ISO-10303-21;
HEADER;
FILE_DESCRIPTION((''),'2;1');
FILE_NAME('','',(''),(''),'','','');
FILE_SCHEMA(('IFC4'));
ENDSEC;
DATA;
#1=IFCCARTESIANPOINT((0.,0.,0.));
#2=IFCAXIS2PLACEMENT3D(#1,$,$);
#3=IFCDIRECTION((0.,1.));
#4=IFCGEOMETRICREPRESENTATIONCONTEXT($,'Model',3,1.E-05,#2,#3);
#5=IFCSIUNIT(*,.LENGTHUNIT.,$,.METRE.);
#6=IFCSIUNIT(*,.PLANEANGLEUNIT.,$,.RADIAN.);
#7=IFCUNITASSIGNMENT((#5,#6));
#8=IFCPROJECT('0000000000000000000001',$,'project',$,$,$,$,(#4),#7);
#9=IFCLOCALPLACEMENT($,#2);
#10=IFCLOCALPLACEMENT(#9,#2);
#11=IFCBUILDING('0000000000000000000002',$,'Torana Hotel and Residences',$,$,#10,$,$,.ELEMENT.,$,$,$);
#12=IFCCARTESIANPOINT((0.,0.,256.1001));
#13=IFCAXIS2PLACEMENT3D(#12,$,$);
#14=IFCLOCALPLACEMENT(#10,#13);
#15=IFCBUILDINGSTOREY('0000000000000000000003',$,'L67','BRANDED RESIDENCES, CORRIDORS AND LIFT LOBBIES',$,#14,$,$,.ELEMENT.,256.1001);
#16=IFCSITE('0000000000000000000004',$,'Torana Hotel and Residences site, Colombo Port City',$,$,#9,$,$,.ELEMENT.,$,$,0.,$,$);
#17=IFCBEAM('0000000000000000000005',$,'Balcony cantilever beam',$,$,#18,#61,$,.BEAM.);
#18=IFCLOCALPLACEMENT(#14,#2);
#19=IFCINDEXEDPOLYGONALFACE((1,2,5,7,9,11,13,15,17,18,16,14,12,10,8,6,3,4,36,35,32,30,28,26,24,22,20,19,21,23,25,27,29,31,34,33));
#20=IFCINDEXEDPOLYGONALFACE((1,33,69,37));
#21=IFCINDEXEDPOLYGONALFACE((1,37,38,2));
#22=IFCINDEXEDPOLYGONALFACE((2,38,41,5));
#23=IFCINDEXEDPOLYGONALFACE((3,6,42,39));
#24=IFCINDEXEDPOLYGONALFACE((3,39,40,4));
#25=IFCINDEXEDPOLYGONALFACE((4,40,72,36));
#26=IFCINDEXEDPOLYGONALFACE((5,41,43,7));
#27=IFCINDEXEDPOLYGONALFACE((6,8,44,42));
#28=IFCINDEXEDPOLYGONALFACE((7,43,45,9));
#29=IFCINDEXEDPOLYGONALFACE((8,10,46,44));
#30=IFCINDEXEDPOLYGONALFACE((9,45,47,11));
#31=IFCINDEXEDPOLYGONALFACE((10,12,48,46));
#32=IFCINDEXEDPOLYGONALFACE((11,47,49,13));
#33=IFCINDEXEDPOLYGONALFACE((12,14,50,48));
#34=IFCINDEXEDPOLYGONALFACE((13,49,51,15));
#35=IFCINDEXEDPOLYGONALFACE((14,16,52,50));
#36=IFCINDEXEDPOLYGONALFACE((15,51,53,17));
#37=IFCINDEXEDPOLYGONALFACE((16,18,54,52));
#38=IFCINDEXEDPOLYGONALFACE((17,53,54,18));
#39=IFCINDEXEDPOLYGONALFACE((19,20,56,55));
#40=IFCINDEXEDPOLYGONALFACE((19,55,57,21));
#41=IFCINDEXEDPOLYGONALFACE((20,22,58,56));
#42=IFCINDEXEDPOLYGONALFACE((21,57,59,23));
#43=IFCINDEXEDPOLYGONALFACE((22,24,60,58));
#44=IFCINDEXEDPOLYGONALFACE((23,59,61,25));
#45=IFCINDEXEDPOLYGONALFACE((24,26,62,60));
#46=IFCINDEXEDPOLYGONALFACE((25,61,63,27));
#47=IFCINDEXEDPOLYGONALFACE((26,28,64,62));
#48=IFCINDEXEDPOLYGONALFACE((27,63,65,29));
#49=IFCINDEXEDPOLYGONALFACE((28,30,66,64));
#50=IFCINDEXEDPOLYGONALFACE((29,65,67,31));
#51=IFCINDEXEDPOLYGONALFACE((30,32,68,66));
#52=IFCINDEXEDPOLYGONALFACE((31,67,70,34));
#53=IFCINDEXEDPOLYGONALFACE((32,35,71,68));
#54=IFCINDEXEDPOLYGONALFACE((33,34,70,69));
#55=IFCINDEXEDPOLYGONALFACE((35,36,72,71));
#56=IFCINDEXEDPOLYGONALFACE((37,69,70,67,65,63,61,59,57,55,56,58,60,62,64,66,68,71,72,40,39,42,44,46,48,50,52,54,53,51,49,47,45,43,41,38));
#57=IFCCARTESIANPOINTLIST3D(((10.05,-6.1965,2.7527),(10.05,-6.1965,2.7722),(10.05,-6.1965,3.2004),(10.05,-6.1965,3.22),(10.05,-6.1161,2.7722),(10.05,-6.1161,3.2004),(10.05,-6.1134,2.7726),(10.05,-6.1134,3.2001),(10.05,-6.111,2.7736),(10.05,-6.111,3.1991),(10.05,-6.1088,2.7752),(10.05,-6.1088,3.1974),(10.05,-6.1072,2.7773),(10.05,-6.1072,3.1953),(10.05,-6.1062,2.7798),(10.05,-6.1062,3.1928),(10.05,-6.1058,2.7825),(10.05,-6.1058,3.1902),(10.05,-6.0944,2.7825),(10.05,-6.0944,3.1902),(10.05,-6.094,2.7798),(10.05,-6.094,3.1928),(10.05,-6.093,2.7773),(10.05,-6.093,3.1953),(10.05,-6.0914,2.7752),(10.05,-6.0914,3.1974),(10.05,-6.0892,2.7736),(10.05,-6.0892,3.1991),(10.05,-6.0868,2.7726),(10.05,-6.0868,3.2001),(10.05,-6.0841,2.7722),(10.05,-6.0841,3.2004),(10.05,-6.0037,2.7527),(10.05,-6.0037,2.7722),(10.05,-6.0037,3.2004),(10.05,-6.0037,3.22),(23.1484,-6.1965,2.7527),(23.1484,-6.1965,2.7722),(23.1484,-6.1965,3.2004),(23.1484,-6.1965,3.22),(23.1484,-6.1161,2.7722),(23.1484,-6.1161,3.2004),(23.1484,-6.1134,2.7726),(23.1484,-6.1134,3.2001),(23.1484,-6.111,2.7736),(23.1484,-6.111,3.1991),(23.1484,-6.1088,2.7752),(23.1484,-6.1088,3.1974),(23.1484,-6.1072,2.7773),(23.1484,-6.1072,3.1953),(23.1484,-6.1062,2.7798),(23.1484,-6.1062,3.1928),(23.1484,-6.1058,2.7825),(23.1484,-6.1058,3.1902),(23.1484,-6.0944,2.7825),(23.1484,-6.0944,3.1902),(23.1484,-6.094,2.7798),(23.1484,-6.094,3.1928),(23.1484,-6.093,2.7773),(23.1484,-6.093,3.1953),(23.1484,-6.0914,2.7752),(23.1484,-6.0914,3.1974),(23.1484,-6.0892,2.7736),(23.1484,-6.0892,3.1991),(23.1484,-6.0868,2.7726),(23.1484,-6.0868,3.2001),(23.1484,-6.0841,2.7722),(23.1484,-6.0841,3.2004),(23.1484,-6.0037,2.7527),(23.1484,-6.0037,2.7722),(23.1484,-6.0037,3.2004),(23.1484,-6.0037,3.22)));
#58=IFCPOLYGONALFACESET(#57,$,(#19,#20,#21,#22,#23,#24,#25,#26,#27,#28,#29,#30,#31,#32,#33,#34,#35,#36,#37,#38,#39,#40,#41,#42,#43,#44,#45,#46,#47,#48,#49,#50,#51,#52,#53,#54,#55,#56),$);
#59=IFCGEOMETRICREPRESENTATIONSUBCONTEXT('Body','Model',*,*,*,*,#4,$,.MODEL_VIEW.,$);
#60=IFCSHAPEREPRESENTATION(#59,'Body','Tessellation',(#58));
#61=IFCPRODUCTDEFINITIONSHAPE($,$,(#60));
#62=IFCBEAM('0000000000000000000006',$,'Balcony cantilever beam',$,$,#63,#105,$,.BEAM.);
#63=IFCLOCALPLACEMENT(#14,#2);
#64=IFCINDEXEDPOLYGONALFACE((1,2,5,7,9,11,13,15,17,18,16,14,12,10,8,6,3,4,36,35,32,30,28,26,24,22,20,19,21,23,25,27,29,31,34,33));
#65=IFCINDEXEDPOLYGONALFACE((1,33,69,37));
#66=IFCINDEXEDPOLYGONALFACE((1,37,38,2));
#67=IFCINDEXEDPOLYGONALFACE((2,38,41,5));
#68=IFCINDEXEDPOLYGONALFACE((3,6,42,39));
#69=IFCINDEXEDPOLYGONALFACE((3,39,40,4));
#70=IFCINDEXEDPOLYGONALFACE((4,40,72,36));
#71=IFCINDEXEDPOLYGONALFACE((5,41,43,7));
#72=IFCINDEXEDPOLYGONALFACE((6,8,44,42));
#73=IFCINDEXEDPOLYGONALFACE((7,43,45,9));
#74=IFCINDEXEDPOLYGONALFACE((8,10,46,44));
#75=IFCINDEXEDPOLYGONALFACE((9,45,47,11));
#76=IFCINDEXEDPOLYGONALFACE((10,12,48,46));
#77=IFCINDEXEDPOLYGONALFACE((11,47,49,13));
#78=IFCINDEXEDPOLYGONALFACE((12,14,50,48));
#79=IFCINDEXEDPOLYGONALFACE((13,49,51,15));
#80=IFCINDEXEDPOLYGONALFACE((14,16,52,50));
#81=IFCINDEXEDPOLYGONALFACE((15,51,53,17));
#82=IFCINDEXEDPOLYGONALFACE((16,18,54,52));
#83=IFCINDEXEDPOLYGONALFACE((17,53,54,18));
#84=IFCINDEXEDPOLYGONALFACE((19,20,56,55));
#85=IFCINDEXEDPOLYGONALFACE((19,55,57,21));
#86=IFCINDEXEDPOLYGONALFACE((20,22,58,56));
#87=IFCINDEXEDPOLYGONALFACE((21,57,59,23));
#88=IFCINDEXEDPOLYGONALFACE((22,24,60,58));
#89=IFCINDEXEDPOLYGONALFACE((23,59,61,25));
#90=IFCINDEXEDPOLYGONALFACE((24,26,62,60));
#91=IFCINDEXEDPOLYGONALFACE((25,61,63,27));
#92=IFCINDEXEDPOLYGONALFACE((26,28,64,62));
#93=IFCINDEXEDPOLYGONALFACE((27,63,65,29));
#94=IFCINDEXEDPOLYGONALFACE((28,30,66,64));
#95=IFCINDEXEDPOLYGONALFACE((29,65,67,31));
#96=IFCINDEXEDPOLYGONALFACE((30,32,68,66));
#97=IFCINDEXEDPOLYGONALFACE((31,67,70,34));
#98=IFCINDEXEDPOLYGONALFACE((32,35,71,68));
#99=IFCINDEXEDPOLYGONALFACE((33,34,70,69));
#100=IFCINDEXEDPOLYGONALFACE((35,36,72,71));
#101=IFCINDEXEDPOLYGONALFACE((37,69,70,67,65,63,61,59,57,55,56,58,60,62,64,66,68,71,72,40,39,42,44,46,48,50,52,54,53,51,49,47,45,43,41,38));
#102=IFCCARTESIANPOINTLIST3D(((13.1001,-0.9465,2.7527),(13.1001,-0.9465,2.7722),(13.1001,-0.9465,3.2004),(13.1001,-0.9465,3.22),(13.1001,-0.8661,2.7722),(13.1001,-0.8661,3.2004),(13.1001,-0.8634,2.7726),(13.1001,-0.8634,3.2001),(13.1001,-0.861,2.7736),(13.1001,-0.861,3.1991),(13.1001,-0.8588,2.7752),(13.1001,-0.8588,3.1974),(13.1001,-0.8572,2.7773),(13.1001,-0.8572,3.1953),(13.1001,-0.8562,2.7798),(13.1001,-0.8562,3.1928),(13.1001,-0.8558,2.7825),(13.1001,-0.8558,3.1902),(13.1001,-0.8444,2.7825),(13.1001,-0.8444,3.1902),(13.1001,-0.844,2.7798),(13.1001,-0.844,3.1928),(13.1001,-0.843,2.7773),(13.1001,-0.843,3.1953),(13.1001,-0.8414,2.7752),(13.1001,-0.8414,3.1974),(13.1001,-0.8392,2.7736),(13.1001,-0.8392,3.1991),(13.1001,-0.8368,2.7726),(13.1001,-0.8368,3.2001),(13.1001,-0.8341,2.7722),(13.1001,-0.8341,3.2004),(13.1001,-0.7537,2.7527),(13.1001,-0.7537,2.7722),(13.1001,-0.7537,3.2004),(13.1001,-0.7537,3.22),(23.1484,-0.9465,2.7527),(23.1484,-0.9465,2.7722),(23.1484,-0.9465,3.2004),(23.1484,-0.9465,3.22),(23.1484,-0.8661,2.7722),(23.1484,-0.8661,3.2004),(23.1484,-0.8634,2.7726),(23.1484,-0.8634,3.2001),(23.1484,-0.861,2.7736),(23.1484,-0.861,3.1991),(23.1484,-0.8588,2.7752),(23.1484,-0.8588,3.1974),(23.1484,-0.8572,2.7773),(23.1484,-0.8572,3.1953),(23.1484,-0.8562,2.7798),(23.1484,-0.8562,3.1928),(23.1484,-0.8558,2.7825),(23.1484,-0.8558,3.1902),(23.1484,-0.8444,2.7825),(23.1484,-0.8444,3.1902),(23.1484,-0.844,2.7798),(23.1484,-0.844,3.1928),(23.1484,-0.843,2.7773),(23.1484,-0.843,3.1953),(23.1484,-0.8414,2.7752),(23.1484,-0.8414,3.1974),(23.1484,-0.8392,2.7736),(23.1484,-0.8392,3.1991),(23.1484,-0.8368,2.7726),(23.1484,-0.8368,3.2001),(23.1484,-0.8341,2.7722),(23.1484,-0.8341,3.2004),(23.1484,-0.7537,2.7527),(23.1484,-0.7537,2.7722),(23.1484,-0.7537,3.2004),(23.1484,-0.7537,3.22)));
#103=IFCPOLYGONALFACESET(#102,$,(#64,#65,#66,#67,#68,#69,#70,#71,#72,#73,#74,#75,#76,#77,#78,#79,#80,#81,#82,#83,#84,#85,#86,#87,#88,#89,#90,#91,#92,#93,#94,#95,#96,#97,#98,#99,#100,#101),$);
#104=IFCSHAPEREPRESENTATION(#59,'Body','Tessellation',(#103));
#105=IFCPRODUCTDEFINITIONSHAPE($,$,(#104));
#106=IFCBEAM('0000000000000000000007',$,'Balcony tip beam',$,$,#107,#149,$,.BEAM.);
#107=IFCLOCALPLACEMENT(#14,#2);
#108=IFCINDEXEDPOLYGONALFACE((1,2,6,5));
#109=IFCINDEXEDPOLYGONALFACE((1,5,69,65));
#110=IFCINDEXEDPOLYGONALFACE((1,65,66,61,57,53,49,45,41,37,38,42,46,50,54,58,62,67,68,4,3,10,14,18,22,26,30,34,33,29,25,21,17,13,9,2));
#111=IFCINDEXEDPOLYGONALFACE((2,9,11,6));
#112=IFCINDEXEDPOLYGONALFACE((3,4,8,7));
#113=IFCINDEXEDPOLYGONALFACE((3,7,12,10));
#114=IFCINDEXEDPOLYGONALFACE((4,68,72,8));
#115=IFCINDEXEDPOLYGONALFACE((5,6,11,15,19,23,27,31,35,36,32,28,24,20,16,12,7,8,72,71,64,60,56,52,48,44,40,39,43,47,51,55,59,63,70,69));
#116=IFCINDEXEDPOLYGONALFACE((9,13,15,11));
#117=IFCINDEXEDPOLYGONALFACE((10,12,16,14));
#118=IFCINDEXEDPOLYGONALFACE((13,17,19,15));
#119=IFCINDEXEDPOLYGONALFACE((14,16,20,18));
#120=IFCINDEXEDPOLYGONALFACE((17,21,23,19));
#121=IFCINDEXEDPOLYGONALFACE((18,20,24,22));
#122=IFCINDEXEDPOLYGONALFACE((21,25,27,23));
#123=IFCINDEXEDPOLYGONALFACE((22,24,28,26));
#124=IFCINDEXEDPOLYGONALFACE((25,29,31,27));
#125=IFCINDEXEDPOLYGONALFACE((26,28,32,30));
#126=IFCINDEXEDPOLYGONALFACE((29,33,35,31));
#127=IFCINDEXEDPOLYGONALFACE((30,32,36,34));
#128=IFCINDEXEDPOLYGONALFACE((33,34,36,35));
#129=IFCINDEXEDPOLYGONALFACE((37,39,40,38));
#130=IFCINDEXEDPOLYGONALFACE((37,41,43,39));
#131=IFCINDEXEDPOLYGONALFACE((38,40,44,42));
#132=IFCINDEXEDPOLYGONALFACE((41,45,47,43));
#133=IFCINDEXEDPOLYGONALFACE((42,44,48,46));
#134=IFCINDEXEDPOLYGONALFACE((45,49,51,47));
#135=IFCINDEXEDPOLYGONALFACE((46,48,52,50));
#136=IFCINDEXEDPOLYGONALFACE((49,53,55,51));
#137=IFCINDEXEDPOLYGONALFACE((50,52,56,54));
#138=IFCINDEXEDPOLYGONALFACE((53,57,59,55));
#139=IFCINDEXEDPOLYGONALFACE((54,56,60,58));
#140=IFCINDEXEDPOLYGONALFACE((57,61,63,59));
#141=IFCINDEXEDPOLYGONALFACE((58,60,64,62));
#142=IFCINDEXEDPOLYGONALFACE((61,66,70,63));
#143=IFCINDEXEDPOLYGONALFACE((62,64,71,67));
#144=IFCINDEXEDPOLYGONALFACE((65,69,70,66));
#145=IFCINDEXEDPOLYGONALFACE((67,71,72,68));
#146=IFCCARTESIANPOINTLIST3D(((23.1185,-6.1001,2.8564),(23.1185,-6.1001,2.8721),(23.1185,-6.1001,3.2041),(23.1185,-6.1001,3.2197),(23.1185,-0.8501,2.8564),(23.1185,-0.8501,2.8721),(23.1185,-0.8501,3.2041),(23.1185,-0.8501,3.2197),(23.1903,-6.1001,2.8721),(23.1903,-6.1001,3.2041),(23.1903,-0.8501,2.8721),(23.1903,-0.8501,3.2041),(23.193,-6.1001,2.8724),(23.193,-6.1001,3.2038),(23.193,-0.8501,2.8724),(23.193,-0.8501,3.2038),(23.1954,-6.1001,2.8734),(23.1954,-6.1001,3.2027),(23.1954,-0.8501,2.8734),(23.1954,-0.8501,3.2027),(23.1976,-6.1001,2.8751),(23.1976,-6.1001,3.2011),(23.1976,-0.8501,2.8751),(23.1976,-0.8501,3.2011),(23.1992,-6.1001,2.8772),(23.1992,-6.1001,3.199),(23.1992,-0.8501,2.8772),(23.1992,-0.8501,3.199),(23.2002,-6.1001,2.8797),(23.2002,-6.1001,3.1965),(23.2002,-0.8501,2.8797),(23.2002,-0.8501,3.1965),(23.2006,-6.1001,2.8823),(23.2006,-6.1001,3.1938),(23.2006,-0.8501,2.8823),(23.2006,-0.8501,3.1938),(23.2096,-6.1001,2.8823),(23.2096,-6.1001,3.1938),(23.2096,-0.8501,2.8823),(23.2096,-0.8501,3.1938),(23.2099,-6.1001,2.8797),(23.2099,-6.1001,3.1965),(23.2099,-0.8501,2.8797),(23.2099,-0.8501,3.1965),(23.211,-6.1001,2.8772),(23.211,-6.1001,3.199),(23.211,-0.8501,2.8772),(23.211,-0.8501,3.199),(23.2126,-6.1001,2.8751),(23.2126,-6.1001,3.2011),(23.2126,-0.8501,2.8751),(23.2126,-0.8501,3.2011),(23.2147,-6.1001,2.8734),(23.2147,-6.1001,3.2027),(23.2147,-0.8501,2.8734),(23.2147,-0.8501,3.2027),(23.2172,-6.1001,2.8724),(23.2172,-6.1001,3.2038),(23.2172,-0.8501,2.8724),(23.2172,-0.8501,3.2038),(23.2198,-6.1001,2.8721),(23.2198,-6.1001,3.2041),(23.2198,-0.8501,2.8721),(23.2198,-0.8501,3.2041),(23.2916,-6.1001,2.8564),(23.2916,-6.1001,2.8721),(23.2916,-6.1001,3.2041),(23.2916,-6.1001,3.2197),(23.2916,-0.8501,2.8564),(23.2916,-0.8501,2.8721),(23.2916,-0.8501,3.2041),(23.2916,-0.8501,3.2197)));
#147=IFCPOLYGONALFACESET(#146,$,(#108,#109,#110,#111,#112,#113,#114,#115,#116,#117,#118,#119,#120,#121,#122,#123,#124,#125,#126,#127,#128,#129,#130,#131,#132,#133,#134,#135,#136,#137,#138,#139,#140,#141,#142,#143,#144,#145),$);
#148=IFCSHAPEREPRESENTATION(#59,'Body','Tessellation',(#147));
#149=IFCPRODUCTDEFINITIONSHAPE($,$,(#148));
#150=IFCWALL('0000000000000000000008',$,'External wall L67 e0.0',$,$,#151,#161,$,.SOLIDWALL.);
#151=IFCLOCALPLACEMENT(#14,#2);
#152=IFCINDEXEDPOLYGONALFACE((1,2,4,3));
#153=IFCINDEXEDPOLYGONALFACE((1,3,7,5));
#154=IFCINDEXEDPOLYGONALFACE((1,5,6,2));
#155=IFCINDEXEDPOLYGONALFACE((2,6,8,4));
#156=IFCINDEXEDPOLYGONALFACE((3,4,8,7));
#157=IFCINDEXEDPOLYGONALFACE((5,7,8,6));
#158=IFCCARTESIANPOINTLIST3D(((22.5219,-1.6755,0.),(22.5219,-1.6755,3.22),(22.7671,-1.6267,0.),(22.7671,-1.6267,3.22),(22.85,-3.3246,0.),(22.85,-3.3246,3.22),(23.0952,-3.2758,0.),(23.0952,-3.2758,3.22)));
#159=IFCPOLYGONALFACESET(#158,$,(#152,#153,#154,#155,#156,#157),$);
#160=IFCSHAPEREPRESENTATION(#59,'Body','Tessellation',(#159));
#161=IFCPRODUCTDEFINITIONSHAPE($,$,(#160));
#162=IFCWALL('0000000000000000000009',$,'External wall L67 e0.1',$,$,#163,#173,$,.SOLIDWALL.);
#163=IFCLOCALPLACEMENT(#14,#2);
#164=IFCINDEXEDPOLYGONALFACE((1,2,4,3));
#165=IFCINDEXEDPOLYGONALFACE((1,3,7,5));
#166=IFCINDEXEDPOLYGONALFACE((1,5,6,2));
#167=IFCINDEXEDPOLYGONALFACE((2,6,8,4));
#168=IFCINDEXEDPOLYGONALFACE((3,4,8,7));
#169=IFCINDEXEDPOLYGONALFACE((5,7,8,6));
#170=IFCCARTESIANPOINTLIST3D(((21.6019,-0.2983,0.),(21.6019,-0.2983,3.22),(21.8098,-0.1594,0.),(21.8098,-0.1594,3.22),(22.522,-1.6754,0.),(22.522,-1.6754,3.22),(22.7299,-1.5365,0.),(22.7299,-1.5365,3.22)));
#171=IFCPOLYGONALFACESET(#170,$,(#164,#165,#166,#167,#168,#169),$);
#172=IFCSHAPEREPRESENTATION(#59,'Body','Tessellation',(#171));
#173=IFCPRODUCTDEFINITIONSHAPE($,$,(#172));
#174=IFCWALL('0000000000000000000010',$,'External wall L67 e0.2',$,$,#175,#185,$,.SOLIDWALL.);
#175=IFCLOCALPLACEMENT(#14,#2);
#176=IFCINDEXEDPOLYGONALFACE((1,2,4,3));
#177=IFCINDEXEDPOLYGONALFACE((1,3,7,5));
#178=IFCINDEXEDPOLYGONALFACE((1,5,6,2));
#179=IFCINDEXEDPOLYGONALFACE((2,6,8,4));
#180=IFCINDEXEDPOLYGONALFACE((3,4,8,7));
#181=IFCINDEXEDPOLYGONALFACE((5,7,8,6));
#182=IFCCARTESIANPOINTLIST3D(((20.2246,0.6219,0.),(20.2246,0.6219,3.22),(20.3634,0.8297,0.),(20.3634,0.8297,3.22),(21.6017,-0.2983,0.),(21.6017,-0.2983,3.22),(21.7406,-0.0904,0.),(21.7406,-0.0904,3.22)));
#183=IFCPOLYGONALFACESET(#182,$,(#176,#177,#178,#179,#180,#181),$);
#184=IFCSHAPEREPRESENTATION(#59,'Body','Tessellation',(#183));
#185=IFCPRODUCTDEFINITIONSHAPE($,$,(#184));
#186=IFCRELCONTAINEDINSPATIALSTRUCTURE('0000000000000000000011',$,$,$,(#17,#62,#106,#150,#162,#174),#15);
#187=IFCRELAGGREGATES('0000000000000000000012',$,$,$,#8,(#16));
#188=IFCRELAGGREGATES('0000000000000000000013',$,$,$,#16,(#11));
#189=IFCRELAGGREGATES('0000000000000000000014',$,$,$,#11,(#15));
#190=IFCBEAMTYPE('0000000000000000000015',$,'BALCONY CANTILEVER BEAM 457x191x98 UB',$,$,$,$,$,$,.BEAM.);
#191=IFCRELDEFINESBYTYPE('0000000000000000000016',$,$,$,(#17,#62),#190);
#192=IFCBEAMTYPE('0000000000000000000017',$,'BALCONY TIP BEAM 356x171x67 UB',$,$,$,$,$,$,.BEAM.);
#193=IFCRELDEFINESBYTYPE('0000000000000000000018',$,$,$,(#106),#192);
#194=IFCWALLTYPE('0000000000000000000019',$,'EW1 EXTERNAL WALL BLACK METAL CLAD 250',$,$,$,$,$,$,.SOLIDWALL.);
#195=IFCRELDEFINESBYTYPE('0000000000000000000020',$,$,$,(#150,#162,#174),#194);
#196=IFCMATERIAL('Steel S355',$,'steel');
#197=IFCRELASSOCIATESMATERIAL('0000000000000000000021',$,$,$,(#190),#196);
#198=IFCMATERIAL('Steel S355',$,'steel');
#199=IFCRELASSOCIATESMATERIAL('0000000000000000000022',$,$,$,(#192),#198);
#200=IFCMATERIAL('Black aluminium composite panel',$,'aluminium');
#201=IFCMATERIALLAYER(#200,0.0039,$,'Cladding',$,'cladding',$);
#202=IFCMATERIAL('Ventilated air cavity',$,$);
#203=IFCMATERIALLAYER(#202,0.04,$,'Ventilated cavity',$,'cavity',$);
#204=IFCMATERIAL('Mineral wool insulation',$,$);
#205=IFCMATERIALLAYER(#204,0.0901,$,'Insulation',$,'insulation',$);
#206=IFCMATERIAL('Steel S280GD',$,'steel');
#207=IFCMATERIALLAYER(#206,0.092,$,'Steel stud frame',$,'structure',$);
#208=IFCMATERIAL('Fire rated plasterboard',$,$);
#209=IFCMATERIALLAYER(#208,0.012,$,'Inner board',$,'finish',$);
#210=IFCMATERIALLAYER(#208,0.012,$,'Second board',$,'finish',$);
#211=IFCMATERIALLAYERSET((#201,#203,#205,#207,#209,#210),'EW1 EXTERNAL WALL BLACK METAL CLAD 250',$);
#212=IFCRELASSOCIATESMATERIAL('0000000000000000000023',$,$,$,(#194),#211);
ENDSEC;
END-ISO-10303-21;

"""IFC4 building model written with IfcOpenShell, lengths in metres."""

from ifc_helpers import new_model, si_unit, direction, frame, frame_2d, origin, origin_2d, place, context, subcontext, project, spatial, rectangle, i_section, extrude, material, layer, layer_set, material_profile, profile_set, type_object, element, save


model = new_model("IFC4")

# Units and contexts
model_context = context("Model", 3, precision=1e-05, world=origin(), true_north=direction((0.0, 1.0)))
body_context = subcontext(model_context, "Body", "Model", "MODEL_VIEW")
ifc_project = project(units=[si_unit("LENGTHUNIT", "METRE"), si_unit("PLANEANGLEUNIT", "RADIAN")], contexts=[model_context])

# Site, building, storey
site_placement = place(None, origin())
site = spatial("IfcSite", under=ifc_project, at=site_placement, Name="Torana Hotel and Residences site, Colombo Port City", CompositionType="ELEMENT", RefElevation=0.0)
building_placement = place(site_placement, origin())
building = spatial("IfcBuilding", under=site, at=building_placement, Name="Torana Hotel and Residences", CompositionType="ELEMENT")
storey_placement = place(building_placement, frame((0.0, 0.0, 256.1001)))
storey = spatial("IfcBuildingStorey", under=building, at=storey_placement, Name="L67", Description="BRANDED RESIDENCES, CORRIDORS AND LIFT LOBBIES", CompositionType="ELEMENT", Elevation=256.1001)

# Beams
ifc_material_1 = material(Name="Steel S355", Category="steel")
ifc_material_profile_1 = material_profile(ifc_material_1, i_section(OverallWidth=0.1929, OverallDepth=0.4673, WebThickness=0.0115, FlangeThickness=0.0195, FilletRadius=0.0103, at=origin_2d()), Name="457x191x98 UB")
ifc_profile_set_1 = profile_set([ifc_material_profile_1], Name="Steel S355")
beam_type_1 = type_object("IfcBeamType", Name="BALCONY CANTILEVER BEAM 457x191x98 UB", PredefinedType="BEAM", material=ifc_profile_set_1)
beam_1_placement = place(storey_placement, frame((23.1484, -6.1001, 2.9863), z_axis=(-1.0, 0.0, 0.0), x_axis=(0.0, -1.0, 0.0)))
element("IfcBeam", 1, at=beam_1_placement, inside=storey, type_object=beam_type_1, Name="Balcony cantilever beam", PredefinedType="BEAM", context=body_context, shape_type="SweptSolid", body=[
    extrude(i_section(OverallWidth=0.1929, OverallDepth=0.4673, WebThickness=0.0115, FlangeThickness=0.0195, FilletRadius=0.0103, at=origin_2d()), origin(), (0.0, 0.0, 1.0), 13.0984),
])
beam_2_placement = place(storey_placement, frame((23.1484, -0.8501, 2.9863), z_axis=(-1.0, 0.0, 0.0), x_axis=(0.0, -1.0, 0.0)))
element("IfcBeam", 2, at=beam_2_placement, inside=storey, type_object=beam_type_1, Name="Balcony cantilever beam", PredefinedType="BEAM", context=body_context, shape_type="SweptSolid", body=[
    extrude(i_section(OverallWidth=0.1929, OverallDepth=0.4673, WebThickness=0.0115, FlangeThickness=0.0195, FilletRadius=0.0103, at=origin_2d()), origin(), (0.0, 0.0, 1.0), 10.0483),
])
ifc_material_2 = material(Name="Steel S355", Category="steel")
ifc_material_profile_2 = material_profile(ifc_material_2, i_section(OverallWidth=0.1731, OverallDepth=0.3633, WebThickness=0.009, FlangeThickness=0.0156, FilletRadius=0.0103, at=origin_2d()), Name="356x171x67 UB")
ifc_profile_set_2 = profile_set([ifc_material_profile_2], Name="Steel S355")
beam_type_2 = type_object("IfcBeamType", Name="BALCONY TIP BEAM 356x171x67 UB", PredefinedType="BEAM", material=ifc_profile_set_2)
beam_3_placement = place(storey_placement, frame((23.2051, -6.1001, 3.0381), z_axis=(0.0, 1.0, 0.0), x_axis=(-1.0, 0.0, 0.0)))
element("IfcBeam", 3, at=beam_3_placement, inside=storey, type_object=beam_type_2, Name="Balcony tip beam", PredefinedType="BEAM", context=body_context, shape_type="SweptSolid", body=[
    extrude(i_section(OverallWidth=0.1731, OverallDepth=0.3633, WebThickness=0.009, FlangeThickness=0.0156, FilletRadius=0.0103, at=origin_2d()), origin(), (0.0, 0.0, 1.0), 5.25),
])

# Walls
ifc_material_3 = material(Name="Black aluminium composite panel", Category="aluminium")
ifc_layer_1 = layer(ifc_material_3, 0.0039, Name="Cladding", Category="cladding")
ifc_material_4 = material(Name="Ventilated air cavity")
ifc_layer_2 = layer(ifc_material_4, 0.04, Name="Ventilated cavity", Category="cavity")
ifc_material_5 = material(Name="Mineral wool insulation")
ifc_layer_3 = layer(ifc_material_5, 0.0901, Name="Insulation", Category="insulation")
ifc_material_6 = material(Name="Steel S280GD", Category="steel")
ifc_layer_4 = layer(ifc_material_6, 0.092, Name="Steel stud frame", Category="structure")
ifc_material_7 = material(Name="Fire rated plasterboard")
ifc_layer_5 = layer(ifc_material_7, 0.012, Name="Inner board", Category="finish")
ifc_layer_6 = layer(ifc_material_7, 0.012, Name="Second board", Category="finish")
ifc_layer_set_1 = layer_set([ifc_layer_1, ifc_layer_2, ifc_layer_3, ifc_layer_4, ifc_layer_5, ifc_layer_6], Name="EW1 EXTERNAL WALL BLACK METAL CLAD 250")
wall_type_1 = type_object("IfcWallType", Name="EW1 EXTERNAL WALL BLACK METAL CLAD 250", PredefinedType="SOLIDWALL", material=ifc_layer_set_1)
wall_1_placement = place(storey_placement, frame((22.9727, -3.3003, 0.0), z_axis=(0.0, 0.0, 1.0), x_axis=(-0.195139, 0.980776, 0.0)))
element("IfcWall", 4, at=wall_1_placement, inside=storey, type_object=wall_type_1, Name="External wall L67 e0.0", PredefinedType="SOLIDWALL", context=body_context, shape_type="SweptSolid", body=[
    extrude(rectangle(XDim=1.6814, YDim=0.25, at=frame_2d((0.8408, 0.0))), origin(), (0.0, 0.0, 1.0), 3.22),
])
for number, where, z_axis, x_axis, name in (
    (5, (22.626, -1.606, 0.0), (0.0, 0.0, 1.0), (-0.55555, 0.831483, 0.0), "External wall L67 e0.1"),
    (6, (21.6711, -0.1943, 0.0), (0.0, 0.0, 1.0), (-0.831483, 0.55555, 0.0), "External wall L67 e0.2"),
):
    element("IfcWall", number, at=place(storey_placement, frame(where, z_axis=z_axis, x_axis=x_axis)), inside=storey, type_object=wall_type_1, Name=name, PredefinedType="SOLIDWALL", context=body_context, shape_type="SweptSolid", body=[
        extrude(rectangle(XDim=1.6562, YDim=0.25, at=frame_2d((0.8281, 0.0))), origin(), (0.0, 0.0, 1.0), 3.22),
    ])

save(model, "model.ifc")
